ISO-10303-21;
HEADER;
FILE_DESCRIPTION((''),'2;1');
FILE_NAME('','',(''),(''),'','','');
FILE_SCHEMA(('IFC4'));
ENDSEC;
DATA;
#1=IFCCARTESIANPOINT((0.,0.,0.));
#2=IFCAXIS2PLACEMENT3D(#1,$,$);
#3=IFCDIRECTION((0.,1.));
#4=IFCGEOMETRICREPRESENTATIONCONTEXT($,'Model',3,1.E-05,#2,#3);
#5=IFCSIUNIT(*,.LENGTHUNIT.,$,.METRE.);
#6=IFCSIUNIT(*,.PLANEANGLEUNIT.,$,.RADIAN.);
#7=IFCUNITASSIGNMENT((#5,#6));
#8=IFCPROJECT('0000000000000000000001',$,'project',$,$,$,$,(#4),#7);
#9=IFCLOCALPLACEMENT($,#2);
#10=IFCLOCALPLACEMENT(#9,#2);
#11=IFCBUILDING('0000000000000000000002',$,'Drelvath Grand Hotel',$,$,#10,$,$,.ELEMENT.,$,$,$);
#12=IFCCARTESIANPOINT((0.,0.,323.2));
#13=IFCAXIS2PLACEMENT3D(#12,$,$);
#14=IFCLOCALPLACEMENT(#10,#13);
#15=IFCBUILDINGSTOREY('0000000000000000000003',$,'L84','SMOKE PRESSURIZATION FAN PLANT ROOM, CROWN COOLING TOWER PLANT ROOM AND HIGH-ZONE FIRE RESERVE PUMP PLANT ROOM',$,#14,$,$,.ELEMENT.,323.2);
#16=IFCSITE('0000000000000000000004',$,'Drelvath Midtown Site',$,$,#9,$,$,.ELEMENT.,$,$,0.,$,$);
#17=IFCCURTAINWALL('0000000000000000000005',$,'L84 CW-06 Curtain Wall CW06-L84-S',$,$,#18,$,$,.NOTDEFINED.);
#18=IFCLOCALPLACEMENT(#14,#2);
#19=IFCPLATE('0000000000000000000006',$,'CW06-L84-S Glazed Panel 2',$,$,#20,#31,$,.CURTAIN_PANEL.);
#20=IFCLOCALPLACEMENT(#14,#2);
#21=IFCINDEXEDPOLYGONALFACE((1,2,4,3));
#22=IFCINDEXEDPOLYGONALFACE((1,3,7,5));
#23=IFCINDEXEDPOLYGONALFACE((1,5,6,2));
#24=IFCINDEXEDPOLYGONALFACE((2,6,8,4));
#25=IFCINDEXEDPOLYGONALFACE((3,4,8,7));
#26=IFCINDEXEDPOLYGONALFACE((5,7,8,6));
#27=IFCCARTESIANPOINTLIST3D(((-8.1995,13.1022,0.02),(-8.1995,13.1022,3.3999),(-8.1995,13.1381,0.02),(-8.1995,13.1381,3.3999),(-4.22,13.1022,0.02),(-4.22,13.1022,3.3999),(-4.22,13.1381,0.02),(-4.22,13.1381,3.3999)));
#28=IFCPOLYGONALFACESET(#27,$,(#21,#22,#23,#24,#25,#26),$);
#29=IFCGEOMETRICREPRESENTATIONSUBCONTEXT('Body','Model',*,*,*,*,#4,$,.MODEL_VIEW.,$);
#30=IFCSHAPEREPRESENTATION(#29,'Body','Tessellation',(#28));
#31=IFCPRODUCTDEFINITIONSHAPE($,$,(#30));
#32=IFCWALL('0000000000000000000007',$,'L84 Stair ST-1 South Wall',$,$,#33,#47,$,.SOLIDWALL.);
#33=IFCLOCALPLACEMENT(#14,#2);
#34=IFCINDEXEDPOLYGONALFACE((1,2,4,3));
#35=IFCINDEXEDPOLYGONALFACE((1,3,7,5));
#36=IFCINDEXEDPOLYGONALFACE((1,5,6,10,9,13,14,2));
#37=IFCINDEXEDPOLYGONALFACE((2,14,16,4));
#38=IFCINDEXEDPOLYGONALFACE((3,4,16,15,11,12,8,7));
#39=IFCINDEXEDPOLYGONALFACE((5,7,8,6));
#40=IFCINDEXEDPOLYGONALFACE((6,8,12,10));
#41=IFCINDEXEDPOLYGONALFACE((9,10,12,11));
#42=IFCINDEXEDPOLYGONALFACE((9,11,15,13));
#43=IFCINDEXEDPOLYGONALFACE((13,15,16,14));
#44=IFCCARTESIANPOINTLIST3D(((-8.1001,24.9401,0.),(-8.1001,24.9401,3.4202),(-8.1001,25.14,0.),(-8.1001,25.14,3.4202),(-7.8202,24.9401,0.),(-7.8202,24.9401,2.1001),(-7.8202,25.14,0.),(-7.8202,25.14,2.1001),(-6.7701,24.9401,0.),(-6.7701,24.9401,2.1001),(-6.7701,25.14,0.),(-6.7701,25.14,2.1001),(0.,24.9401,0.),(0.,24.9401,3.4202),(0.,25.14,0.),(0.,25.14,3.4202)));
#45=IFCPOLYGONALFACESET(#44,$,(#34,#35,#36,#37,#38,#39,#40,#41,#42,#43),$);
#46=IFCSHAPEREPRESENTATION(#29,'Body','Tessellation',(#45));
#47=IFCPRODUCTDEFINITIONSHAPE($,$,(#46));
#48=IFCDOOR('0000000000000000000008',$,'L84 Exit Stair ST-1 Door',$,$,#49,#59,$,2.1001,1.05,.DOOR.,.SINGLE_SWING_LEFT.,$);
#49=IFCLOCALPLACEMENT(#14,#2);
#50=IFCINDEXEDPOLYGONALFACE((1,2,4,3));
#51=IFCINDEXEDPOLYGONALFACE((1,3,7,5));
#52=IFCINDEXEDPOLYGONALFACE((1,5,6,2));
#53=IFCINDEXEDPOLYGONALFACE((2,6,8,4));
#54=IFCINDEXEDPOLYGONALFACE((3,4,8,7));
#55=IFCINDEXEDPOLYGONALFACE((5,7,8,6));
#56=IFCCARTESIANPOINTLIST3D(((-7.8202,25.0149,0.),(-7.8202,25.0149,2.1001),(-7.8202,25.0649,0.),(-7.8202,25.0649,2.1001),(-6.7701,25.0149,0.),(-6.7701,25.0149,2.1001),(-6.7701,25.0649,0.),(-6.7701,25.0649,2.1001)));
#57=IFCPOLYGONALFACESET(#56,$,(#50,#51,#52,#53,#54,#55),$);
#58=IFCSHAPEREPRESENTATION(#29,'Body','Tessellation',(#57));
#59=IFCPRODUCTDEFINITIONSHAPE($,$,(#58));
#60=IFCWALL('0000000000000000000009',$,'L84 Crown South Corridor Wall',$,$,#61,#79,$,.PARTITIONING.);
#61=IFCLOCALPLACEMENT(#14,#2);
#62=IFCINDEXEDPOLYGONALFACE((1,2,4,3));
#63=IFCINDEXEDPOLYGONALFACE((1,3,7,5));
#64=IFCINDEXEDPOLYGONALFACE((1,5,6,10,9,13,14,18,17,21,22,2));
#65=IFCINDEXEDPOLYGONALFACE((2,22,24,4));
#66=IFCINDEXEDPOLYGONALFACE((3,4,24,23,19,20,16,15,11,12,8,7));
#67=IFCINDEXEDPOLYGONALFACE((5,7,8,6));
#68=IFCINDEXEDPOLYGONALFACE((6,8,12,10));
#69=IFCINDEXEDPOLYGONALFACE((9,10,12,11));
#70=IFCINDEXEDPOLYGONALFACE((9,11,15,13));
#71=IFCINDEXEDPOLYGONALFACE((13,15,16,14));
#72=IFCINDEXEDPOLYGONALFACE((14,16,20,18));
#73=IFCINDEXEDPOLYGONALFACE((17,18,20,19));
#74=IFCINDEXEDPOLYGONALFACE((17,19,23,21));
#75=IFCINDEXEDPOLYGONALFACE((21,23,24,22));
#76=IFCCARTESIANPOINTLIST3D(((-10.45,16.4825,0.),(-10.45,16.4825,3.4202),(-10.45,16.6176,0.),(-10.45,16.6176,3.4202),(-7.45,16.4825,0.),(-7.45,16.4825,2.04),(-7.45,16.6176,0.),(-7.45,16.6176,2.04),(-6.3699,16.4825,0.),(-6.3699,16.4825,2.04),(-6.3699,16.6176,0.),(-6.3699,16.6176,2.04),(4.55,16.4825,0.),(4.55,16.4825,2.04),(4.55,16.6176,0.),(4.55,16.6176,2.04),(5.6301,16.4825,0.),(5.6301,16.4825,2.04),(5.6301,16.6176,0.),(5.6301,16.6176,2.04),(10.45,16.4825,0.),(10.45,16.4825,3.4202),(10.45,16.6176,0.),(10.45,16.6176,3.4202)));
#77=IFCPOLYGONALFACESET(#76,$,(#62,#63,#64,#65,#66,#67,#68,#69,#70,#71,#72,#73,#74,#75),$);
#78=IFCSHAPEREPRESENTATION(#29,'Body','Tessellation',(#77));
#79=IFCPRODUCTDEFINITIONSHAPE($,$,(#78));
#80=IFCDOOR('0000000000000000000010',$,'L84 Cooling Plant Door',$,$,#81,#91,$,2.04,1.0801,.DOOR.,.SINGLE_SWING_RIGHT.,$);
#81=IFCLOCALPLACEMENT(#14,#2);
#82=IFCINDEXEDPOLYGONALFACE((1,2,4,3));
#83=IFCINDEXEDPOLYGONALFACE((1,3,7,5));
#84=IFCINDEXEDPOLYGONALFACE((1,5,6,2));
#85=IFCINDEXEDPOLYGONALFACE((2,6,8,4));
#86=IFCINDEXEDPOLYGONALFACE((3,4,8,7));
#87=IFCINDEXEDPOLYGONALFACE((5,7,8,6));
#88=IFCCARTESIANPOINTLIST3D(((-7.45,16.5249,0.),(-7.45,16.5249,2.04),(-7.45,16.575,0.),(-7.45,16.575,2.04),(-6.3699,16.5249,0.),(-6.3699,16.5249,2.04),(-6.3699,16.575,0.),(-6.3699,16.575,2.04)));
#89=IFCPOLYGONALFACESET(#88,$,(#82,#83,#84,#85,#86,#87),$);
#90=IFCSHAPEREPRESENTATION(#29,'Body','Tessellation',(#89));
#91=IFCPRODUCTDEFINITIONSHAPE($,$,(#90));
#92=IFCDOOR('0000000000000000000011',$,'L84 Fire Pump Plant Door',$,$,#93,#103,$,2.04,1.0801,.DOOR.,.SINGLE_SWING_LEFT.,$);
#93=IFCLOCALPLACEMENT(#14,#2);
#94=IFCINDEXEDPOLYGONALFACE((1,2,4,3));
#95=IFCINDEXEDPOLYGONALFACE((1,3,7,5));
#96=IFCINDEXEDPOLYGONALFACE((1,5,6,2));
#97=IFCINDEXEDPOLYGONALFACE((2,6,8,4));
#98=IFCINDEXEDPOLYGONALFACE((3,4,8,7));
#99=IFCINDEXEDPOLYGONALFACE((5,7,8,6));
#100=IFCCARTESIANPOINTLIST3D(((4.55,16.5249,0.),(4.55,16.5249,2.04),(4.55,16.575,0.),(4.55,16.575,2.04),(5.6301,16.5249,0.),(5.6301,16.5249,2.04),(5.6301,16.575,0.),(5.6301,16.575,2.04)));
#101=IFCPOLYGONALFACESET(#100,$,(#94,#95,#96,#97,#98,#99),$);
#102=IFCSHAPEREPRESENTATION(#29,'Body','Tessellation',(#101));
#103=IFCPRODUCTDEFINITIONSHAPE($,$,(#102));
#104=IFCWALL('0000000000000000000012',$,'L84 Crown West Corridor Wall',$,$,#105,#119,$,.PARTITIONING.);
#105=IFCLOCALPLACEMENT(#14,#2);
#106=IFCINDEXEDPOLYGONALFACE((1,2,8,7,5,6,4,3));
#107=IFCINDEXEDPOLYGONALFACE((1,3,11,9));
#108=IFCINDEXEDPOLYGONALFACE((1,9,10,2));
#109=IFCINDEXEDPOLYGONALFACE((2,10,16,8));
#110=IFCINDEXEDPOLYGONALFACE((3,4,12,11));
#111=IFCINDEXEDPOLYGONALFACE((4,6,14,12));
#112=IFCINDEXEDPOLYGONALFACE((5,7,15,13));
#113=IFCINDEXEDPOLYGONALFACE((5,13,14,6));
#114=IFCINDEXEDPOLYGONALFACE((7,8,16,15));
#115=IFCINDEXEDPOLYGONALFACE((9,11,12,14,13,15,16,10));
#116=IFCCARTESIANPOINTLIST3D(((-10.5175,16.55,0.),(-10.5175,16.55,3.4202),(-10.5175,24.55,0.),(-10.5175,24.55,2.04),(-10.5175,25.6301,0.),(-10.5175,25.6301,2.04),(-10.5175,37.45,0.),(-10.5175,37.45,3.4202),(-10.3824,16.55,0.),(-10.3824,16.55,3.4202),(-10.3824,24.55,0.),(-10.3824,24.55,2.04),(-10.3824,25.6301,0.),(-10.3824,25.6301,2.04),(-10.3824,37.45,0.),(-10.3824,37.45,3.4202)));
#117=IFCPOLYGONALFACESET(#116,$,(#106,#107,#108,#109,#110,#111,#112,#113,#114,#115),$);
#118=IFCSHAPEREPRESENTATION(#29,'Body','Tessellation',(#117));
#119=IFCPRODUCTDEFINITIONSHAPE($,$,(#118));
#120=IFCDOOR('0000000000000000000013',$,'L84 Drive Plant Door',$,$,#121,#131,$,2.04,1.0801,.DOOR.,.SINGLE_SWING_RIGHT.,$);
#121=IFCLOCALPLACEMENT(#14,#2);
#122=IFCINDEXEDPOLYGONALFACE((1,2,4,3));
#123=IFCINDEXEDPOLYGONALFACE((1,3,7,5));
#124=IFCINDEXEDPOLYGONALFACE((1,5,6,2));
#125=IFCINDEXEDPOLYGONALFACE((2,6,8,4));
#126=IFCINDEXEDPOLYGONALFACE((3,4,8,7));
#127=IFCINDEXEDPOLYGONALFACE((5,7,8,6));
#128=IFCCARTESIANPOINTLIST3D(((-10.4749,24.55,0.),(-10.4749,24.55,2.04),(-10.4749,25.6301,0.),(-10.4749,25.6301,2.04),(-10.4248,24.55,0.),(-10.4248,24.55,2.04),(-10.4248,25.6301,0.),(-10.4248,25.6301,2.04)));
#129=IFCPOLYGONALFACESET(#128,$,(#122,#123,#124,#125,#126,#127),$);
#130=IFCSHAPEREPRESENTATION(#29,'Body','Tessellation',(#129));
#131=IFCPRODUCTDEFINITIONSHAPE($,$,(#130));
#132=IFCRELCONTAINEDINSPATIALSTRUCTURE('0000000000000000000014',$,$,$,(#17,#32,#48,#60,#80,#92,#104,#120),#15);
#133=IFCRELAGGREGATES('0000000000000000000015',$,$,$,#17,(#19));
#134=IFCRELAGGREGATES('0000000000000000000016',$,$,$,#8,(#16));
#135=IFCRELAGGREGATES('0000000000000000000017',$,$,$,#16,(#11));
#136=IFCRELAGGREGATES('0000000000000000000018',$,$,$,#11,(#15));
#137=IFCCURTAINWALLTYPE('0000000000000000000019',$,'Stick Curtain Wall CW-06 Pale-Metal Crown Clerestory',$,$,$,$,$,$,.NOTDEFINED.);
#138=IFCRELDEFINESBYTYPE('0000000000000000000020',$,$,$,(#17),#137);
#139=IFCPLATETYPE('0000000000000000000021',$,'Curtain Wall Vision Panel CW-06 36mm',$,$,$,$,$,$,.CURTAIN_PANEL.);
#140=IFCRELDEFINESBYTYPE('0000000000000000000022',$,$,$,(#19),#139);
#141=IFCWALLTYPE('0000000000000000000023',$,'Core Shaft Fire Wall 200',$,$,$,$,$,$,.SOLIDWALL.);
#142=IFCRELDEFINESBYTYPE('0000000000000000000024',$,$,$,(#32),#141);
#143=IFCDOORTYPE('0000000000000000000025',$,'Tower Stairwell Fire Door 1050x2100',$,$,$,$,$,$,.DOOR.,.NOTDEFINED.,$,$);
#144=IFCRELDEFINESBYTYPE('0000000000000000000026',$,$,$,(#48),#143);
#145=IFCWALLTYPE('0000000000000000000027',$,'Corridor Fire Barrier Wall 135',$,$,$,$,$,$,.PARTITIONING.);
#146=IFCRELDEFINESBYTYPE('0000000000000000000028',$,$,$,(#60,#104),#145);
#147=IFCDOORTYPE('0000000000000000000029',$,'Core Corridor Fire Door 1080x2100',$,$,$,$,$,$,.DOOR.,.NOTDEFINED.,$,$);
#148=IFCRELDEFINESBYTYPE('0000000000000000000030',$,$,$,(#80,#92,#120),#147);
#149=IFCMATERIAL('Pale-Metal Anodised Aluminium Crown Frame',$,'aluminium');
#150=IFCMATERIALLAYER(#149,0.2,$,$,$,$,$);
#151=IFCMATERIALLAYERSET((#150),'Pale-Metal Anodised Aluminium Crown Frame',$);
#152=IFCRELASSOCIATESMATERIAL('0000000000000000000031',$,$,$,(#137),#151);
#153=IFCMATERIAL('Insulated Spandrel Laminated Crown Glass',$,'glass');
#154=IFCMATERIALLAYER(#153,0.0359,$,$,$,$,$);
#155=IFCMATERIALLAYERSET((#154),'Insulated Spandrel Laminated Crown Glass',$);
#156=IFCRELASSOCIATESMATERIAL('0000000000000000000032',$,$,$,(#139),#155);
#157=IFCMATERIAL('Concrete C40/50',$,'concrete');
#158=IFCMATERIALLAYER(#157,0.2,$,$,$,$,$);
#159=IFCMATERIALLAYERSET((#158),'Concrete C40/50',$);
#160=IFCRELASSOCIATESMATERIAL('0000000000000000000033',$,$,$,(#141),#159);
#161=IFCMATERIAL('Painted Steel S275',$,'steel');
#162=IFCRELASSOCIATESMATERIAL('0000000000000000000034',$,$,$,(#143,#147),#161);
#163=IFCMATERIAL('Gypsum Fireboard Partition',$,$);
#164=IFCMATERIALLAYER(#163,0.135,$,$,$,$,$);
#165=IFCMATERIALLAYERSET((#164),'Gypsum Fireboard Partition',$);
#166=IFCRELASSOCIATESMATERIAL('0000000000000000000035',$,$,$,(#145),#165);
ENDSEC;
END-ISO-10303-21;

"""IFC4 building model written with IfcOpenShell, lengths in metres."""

from ifc_helpers import new_model, si_unit, direction, frame, frame_2d, origin, origin_2d, place, context, subcontext, project, spatial, rectangle, extrude, material, layer, layer_set, type_object, element, fill, aggregate, save


model = new_model("IFC4")

# Units and contexts
model_context = context("Model", 3, precision=1e-05, world=origin(), true_north=direction((0.0, 1.0)))
body_context = subcontext(model_context, "Body", "Model", "MODEL_VIEW")
ifc_project = project(units=[si_unit("LENGTHUNIT", "METRE"), si_unit("PLANEANGLEUNIT", "RADIAN")], contexts=[model_context])

# Site, building, storey
site_placement = place(None, origin())
site = spatial("IfcSite", under=ifc_project, at=site_placement, Name="Drelvath Midtown Site", CompositionType="ELEMENT", RefElevation=0.0)
building_placement = place(site_placement, origin())
building = spatial("IfcBuilding", under=site, at=building_placement, Name="Drelvath Grand Hotel", CompositionType="ELEMENT")
storey_placement = place(building_placement, frame((0.0, 0.0, 323.2)))
storey = spatial("IfcBuildingStorey", under=building, at=storey_placement, Name="L84", Description="SMOKE PRESSURIZATION FAN PLANT ROOM, CROWN COOLING TOWER PLANT ROOM AND HIGH-ZONE FIRE RESERVE PUMP PLANT ROOM", CompositionType="ELEMENT", Elevation=323.2)

# Curtain wall
ifc_material_1 = material(Name="Pale-Metal Anodised Aluminium Crown Frame", Category="aluminium")
ifc_layer_1 = layer(ifc_material_1, 0.2)
ifc_layer_set_1 = layer_set([ifc_layer_1], Name="Pale-Metal Anodised Aluminium Crown Frame")
curtain_wall_type = type_object("IfcCurtainWallType", Name="Stick Curtain Wall CW-06 Pale-Metal Crown Clerestory", PredefinedType="NOTDEFINED", material=ifc_layer_set_1)
curtain_wall_1_placement = place(storey_placement, origin())
curtain_wall_1 = element("IfcCurtainWall", 1, at=curtain_wall_1_placement, inside=storey, type_object=curtain_wall_type, Name="L84 CW-06 Curtain Wall CW06-L84-S", PredefinedType="NOTDEFINED")

# Plate
ifc_material_2 = material(Name="Insulated Spandrel Laminated Crown Glass", Category="glass")
ifc_layer_2 = layer(ifc_material_2, 0.0359)
ifc_layer_set_2 = layer_set([ifc_layer_2], Name="Insulated Spandrel Laminated Crown Glass")
plate_type = type_object("IfcPlateType", Name="Curtain Wall Vision Panel CW-06 36mm", PredefinedType="CURTAIN_PANEL", material=ifc_layer_set_2)
plate_1_placement = place(storey_placement, frame((-6.2097, 13.1201, 0.02), z_axis=(0.0, 0.0, 1.0), x_axis=(-1.0, 0.0, 0.0)))
plate_1 = element("IfcPlate", 2, at=plate_1_placement, type_object=plate_type, Name="CW06-L84-S Glazed Panel 2", PredefinedType="CURTAIN_PANEL", context=body_context, shape_type="SweptSolid", body=[
    extrude(rectangle(XDim=3.9795, YDim=0.0359, at=origin_2d()), origin(), (0.0, 0.0, 1.0), 3.3799),
])
aggregate(curtain_wall_1, [plate_1])

# Wall, opening, door
ifc_material_3 = material(Name="Concrete C40/50", Category="concrete")
ifc_layer_3 = layer(ifc_material_3, 0.2)
ifc_layer_set_3 = layer_set([ifc_layer_3], Name="Concrete C40/50")
wall_type_1 = type_object("IfcWallType", Name="Core Shaft Fire Wall 200", PredefinedType="SOLIDWALL", material=ifc_layer_set_3)
wall_1_placement = place(storey_placement, frame((-8.1001, 25.04, 0.0), z_axis=(0.0, 0.0, 1.0), x_axis=(1.0, 0.0, 0.0)))
wall_1 = element("IfcWall", 3, at=wall_1_placement, inside=storey, type_object=wall_type_1, Name="L84 Stair ST-1 South Wall", PredefinedType="SOLIDWALL", context=body_context, shape_type="SweptSolid", body=[
    extrude(rectangle(XDim=8.1001, YDim=0.2, at=frame_2d((4.05, 0.0))), origin(), (0.0, 0.0, 1.0), 3.4202),
])
opening_1_placement = place(wall_1_placement, frame((0.28, 0.0, 0.0)))
opening_1 = element("IfcOpeningElement", 4, at=opening_1_placement, cuts=wall_1, PredefinedType="OPENING", context=body_context, shape_type="SweptSolid", body=[
    extrude(rectangle(XDim=1.05, YDim=2.1001, at=frame_2d((0.5249, 1.05))), frame((0.0, 0.1099, 0.0), z_axis=(0.0, -1.0, 0.0), x_axis=(1.0, 0.0, 0.0)), (0.0, 0.0, 1.0), 0.22),
])
ifc_material_4 = material(Name="Painted Steel S275", Category="steel")
door_type_1 = type_object("IfcDoorType", Name="Tower Stairwell Fire Door 1050x2100", OperationType="NOTDEFINED", PredefinedType="DOOR", material=ifc_material_4)
door_1_placement = place(opening_1_placement, origin())
door_1 = element("IfcDoor", 5, at=door_1_placement, inside=storey, type_object=door_type_1, Name="L84 Exit Stair ST-1 Door", OperationType="SINGLE_SWING_LEFT", OverallHeight=2.1001, OverallWidth=1.05, PredefinedType="DOOR", context=body_context, shape_type="SweptSolid", body=[
    extrude(rectangle(XDim=1.05, YDim=2.1001, at=frame_2d((0.5249, 1.05))), frame((0.0, 0.0249, 0.0), z_axis=(0.0, -1.0, 0.0), x_axis=(1.0, 0.0, 0.0)), (0.0, 0.0, 1.0), 0.05),
])
fill(opening_1, door_1)

# Wall, openings, doors
ifc_material_5 = material(Name="Gypsum Fireboard Partition")
ifc_layer_4 = layer(ifc_material_5, 0.135)
ifc_layer_set_4 = layer_set([ifc_layer_4], Name="Gypsum Fireboard Partition")
wall_type_2 = type_object("IfcWallType", Name="Corridor Fire Barrier Wall 135", PredefinedType="PARTITIONING", material=ifc_layer_set_4)
wall_2_placement = place(storey_placement, frame((-10.45, 16.55, 0.0), z_axis=(0.0, 0.0, 1.0), x_axis=(1.0, 0.0, 0.0)))
wall_2 = element("IfcWall", 6, at=wall_2_placement, inside=storey, type_object=wall_type_2, Name="L84 Crown South Corridor Wall", PredefinedType="PARTITIONING", context=body_context, shape_type="SweptSolid", body=[
    extrude(rectangle(XDim=20.8999, YDim=0.135, at=frame_2d((10.45, 0.0))), origin(), (0.0, 0.0, 1.0), 3.4202),
])
opening_2_placement = place(wall_2_placement, frame((3.0, 0.0, 0.0)))
opening_2 = element("IfcOpeningElement", 7, at=opening_2_placement, cuts=wall_2, PredefinedType="OPENING", context=body_context, shape_type="SweptSolid", body=[
    extrude(rectangle(XDim=1.0801, YDim=2.04, at=frame_2d((0.54, 1.02))), frame((0.0, 0.0774, 0.0), z_axis=(0.0, -1.0, 0.0), x_axis=(1.0, 0.0, 0.0)), (0.0, 0.0, 1.0), 0.155),
])
opening_3_placement = place(wall_2_placement, frame((15.0, 0.0, 0.0)))
opening_3 = element("IfcOpeningElement", 8, at=opening_3_placement, cuts=wall_2, PredefinedType="OPENING", context=body_context, shape_type="SweptSolid", body=[
    extrude(rectangle(XDim=1.0801, YDim=2.04, at=frame_2d((0.54, 1.02))), frame((0.0, 0.0774, 0.0), z_axis=(0.0, -1.0, 0.0), x_axis=(1.0, 0.0, 0.0)), (0.0, 0.0, 1.0), 0.155),
])
door_type_2 = type_object("IfcDoorType", Name="Core Corridor Fire Door 1080x2100", OperationType="NOTDEFINED", PredefinedType="DOOR", material=ifc_material_4)
door_2_placement = place(opening_2_placement, origin())
door_2 = element("IfcDoor", 9, at=door_2_placement, inside=storey, type_object=door_type_2, Name="L84 Cooling Plant Door", OperationType="SINGLE_SWING_RIGHT", OverallHeight=2.04, OverallWidth=1.0801, PredefinedType="DOOR", context=body_context, shape_type="SweptSolid", body=[
    extrude(rectangle(XDim=1.0801, YDim=2.04, at=frame_2d((0.54, 1.02))), frame((0.0, 0.0249, 0.0), z_axis=(0.0, -1.0, 0.0), x_axis=(1.0, 0.0, 0.0)), (0.0, 0.0, 1.0), 0.05),
])
fill(opening_2, door_2)
door_3_placement = place(opening_3_placement, origin())
door_3 = element("IfcDoor", 10, at=door_3_placement, inside=storey, type_object=door_type_2, Name="L84 Fire Pump Plant Door", OperationType="SINGLE_SWING_LEFT", OverallHeight=2.04, OverallWidth=1.0801, PredefinedType="DOOR", context=body_context, shape_type="SweptSolid", body=[
    extrude(rectangle(XDim=1.0801, YDim=2.04, at=frame_2d((0.54, 1.02))), frame((0.0, 0.0249, 0.0), z_axis=(0.0, -1.0, 0.0), x_axis=(1.0, 0.0, 0.0)), (0.0, 0.0, 1.0), 0.05),
])
fill(opening_3, door_3)

# Wall, opening, door
wall_3_placement = place(storey_placement, frame((-10.45, 16.55, 0.0), z_axis=(0.0, 0.0, 1.0), x_axis=(0.0, 1.0, 0.0)))
wall_3 = element("IfcWall", 11, at=wall_3_placement, inside=storey, type_object=wall_type_2, Name="L84 Crown West Corridor Wall", PredefinedType="PARTITIONING", context=body_context, shape_type="SweptSolid", body=[
    extrude(rectangle(XDim=20.8999, YDim=0.135, at=frame_2d((10.45, 0.0))), origin(), (0.0, 0.0, 1.0), 3.4202),
])
opening_4_placement = place(wall_3_placement, frame((8.0, 0.0, 0.0)))
opening_4 = element("IfcOpeningElement", 12, at=opening_4_placement, cuts=wall_3, PredefinedType="OPENING", context=body_context, shape_type="SweptSolid", body=[
    extrude(rectangle(XDim=1.0801, YDim=2.04, at=frame_2d((0.54, 1.02))), frame((0.0, 0.0774, 0.0), z_axis=(0.0, -1.0, 0.0), x_axis=(1.0, 0.0, 0.0)), (0.0, 0.0, 1.0), 0.155),
])
door_4_placement = place(opening_4_placement, origin())
door_4 = element("IfcDoor", 13, at=door_4_placement, inside=storey, type_object=door_type_2, Name="L84 Drive Plant Door", OperationType="SINGLE_SWING_RIGHT", OverallHeight=2.04, OverallWidth=1.0801, PredefinedType="DOOR", context=body_context, shape_type="SweptSolid", body=[
    extrude(rectangle(XDim=1.0801, YDim=2.04, at=frame_2d((0.54, 1.02))), frame((0.0, 0.0249, 0.0), z_axis=(0.0, -1.0, 0.0), x_axis=(1.0, 0.0, 0.0)), (0.0, 0.0, 1.0), 0.05),
])
fill(opening_4, door_4)

save(model, "model.ifc")
